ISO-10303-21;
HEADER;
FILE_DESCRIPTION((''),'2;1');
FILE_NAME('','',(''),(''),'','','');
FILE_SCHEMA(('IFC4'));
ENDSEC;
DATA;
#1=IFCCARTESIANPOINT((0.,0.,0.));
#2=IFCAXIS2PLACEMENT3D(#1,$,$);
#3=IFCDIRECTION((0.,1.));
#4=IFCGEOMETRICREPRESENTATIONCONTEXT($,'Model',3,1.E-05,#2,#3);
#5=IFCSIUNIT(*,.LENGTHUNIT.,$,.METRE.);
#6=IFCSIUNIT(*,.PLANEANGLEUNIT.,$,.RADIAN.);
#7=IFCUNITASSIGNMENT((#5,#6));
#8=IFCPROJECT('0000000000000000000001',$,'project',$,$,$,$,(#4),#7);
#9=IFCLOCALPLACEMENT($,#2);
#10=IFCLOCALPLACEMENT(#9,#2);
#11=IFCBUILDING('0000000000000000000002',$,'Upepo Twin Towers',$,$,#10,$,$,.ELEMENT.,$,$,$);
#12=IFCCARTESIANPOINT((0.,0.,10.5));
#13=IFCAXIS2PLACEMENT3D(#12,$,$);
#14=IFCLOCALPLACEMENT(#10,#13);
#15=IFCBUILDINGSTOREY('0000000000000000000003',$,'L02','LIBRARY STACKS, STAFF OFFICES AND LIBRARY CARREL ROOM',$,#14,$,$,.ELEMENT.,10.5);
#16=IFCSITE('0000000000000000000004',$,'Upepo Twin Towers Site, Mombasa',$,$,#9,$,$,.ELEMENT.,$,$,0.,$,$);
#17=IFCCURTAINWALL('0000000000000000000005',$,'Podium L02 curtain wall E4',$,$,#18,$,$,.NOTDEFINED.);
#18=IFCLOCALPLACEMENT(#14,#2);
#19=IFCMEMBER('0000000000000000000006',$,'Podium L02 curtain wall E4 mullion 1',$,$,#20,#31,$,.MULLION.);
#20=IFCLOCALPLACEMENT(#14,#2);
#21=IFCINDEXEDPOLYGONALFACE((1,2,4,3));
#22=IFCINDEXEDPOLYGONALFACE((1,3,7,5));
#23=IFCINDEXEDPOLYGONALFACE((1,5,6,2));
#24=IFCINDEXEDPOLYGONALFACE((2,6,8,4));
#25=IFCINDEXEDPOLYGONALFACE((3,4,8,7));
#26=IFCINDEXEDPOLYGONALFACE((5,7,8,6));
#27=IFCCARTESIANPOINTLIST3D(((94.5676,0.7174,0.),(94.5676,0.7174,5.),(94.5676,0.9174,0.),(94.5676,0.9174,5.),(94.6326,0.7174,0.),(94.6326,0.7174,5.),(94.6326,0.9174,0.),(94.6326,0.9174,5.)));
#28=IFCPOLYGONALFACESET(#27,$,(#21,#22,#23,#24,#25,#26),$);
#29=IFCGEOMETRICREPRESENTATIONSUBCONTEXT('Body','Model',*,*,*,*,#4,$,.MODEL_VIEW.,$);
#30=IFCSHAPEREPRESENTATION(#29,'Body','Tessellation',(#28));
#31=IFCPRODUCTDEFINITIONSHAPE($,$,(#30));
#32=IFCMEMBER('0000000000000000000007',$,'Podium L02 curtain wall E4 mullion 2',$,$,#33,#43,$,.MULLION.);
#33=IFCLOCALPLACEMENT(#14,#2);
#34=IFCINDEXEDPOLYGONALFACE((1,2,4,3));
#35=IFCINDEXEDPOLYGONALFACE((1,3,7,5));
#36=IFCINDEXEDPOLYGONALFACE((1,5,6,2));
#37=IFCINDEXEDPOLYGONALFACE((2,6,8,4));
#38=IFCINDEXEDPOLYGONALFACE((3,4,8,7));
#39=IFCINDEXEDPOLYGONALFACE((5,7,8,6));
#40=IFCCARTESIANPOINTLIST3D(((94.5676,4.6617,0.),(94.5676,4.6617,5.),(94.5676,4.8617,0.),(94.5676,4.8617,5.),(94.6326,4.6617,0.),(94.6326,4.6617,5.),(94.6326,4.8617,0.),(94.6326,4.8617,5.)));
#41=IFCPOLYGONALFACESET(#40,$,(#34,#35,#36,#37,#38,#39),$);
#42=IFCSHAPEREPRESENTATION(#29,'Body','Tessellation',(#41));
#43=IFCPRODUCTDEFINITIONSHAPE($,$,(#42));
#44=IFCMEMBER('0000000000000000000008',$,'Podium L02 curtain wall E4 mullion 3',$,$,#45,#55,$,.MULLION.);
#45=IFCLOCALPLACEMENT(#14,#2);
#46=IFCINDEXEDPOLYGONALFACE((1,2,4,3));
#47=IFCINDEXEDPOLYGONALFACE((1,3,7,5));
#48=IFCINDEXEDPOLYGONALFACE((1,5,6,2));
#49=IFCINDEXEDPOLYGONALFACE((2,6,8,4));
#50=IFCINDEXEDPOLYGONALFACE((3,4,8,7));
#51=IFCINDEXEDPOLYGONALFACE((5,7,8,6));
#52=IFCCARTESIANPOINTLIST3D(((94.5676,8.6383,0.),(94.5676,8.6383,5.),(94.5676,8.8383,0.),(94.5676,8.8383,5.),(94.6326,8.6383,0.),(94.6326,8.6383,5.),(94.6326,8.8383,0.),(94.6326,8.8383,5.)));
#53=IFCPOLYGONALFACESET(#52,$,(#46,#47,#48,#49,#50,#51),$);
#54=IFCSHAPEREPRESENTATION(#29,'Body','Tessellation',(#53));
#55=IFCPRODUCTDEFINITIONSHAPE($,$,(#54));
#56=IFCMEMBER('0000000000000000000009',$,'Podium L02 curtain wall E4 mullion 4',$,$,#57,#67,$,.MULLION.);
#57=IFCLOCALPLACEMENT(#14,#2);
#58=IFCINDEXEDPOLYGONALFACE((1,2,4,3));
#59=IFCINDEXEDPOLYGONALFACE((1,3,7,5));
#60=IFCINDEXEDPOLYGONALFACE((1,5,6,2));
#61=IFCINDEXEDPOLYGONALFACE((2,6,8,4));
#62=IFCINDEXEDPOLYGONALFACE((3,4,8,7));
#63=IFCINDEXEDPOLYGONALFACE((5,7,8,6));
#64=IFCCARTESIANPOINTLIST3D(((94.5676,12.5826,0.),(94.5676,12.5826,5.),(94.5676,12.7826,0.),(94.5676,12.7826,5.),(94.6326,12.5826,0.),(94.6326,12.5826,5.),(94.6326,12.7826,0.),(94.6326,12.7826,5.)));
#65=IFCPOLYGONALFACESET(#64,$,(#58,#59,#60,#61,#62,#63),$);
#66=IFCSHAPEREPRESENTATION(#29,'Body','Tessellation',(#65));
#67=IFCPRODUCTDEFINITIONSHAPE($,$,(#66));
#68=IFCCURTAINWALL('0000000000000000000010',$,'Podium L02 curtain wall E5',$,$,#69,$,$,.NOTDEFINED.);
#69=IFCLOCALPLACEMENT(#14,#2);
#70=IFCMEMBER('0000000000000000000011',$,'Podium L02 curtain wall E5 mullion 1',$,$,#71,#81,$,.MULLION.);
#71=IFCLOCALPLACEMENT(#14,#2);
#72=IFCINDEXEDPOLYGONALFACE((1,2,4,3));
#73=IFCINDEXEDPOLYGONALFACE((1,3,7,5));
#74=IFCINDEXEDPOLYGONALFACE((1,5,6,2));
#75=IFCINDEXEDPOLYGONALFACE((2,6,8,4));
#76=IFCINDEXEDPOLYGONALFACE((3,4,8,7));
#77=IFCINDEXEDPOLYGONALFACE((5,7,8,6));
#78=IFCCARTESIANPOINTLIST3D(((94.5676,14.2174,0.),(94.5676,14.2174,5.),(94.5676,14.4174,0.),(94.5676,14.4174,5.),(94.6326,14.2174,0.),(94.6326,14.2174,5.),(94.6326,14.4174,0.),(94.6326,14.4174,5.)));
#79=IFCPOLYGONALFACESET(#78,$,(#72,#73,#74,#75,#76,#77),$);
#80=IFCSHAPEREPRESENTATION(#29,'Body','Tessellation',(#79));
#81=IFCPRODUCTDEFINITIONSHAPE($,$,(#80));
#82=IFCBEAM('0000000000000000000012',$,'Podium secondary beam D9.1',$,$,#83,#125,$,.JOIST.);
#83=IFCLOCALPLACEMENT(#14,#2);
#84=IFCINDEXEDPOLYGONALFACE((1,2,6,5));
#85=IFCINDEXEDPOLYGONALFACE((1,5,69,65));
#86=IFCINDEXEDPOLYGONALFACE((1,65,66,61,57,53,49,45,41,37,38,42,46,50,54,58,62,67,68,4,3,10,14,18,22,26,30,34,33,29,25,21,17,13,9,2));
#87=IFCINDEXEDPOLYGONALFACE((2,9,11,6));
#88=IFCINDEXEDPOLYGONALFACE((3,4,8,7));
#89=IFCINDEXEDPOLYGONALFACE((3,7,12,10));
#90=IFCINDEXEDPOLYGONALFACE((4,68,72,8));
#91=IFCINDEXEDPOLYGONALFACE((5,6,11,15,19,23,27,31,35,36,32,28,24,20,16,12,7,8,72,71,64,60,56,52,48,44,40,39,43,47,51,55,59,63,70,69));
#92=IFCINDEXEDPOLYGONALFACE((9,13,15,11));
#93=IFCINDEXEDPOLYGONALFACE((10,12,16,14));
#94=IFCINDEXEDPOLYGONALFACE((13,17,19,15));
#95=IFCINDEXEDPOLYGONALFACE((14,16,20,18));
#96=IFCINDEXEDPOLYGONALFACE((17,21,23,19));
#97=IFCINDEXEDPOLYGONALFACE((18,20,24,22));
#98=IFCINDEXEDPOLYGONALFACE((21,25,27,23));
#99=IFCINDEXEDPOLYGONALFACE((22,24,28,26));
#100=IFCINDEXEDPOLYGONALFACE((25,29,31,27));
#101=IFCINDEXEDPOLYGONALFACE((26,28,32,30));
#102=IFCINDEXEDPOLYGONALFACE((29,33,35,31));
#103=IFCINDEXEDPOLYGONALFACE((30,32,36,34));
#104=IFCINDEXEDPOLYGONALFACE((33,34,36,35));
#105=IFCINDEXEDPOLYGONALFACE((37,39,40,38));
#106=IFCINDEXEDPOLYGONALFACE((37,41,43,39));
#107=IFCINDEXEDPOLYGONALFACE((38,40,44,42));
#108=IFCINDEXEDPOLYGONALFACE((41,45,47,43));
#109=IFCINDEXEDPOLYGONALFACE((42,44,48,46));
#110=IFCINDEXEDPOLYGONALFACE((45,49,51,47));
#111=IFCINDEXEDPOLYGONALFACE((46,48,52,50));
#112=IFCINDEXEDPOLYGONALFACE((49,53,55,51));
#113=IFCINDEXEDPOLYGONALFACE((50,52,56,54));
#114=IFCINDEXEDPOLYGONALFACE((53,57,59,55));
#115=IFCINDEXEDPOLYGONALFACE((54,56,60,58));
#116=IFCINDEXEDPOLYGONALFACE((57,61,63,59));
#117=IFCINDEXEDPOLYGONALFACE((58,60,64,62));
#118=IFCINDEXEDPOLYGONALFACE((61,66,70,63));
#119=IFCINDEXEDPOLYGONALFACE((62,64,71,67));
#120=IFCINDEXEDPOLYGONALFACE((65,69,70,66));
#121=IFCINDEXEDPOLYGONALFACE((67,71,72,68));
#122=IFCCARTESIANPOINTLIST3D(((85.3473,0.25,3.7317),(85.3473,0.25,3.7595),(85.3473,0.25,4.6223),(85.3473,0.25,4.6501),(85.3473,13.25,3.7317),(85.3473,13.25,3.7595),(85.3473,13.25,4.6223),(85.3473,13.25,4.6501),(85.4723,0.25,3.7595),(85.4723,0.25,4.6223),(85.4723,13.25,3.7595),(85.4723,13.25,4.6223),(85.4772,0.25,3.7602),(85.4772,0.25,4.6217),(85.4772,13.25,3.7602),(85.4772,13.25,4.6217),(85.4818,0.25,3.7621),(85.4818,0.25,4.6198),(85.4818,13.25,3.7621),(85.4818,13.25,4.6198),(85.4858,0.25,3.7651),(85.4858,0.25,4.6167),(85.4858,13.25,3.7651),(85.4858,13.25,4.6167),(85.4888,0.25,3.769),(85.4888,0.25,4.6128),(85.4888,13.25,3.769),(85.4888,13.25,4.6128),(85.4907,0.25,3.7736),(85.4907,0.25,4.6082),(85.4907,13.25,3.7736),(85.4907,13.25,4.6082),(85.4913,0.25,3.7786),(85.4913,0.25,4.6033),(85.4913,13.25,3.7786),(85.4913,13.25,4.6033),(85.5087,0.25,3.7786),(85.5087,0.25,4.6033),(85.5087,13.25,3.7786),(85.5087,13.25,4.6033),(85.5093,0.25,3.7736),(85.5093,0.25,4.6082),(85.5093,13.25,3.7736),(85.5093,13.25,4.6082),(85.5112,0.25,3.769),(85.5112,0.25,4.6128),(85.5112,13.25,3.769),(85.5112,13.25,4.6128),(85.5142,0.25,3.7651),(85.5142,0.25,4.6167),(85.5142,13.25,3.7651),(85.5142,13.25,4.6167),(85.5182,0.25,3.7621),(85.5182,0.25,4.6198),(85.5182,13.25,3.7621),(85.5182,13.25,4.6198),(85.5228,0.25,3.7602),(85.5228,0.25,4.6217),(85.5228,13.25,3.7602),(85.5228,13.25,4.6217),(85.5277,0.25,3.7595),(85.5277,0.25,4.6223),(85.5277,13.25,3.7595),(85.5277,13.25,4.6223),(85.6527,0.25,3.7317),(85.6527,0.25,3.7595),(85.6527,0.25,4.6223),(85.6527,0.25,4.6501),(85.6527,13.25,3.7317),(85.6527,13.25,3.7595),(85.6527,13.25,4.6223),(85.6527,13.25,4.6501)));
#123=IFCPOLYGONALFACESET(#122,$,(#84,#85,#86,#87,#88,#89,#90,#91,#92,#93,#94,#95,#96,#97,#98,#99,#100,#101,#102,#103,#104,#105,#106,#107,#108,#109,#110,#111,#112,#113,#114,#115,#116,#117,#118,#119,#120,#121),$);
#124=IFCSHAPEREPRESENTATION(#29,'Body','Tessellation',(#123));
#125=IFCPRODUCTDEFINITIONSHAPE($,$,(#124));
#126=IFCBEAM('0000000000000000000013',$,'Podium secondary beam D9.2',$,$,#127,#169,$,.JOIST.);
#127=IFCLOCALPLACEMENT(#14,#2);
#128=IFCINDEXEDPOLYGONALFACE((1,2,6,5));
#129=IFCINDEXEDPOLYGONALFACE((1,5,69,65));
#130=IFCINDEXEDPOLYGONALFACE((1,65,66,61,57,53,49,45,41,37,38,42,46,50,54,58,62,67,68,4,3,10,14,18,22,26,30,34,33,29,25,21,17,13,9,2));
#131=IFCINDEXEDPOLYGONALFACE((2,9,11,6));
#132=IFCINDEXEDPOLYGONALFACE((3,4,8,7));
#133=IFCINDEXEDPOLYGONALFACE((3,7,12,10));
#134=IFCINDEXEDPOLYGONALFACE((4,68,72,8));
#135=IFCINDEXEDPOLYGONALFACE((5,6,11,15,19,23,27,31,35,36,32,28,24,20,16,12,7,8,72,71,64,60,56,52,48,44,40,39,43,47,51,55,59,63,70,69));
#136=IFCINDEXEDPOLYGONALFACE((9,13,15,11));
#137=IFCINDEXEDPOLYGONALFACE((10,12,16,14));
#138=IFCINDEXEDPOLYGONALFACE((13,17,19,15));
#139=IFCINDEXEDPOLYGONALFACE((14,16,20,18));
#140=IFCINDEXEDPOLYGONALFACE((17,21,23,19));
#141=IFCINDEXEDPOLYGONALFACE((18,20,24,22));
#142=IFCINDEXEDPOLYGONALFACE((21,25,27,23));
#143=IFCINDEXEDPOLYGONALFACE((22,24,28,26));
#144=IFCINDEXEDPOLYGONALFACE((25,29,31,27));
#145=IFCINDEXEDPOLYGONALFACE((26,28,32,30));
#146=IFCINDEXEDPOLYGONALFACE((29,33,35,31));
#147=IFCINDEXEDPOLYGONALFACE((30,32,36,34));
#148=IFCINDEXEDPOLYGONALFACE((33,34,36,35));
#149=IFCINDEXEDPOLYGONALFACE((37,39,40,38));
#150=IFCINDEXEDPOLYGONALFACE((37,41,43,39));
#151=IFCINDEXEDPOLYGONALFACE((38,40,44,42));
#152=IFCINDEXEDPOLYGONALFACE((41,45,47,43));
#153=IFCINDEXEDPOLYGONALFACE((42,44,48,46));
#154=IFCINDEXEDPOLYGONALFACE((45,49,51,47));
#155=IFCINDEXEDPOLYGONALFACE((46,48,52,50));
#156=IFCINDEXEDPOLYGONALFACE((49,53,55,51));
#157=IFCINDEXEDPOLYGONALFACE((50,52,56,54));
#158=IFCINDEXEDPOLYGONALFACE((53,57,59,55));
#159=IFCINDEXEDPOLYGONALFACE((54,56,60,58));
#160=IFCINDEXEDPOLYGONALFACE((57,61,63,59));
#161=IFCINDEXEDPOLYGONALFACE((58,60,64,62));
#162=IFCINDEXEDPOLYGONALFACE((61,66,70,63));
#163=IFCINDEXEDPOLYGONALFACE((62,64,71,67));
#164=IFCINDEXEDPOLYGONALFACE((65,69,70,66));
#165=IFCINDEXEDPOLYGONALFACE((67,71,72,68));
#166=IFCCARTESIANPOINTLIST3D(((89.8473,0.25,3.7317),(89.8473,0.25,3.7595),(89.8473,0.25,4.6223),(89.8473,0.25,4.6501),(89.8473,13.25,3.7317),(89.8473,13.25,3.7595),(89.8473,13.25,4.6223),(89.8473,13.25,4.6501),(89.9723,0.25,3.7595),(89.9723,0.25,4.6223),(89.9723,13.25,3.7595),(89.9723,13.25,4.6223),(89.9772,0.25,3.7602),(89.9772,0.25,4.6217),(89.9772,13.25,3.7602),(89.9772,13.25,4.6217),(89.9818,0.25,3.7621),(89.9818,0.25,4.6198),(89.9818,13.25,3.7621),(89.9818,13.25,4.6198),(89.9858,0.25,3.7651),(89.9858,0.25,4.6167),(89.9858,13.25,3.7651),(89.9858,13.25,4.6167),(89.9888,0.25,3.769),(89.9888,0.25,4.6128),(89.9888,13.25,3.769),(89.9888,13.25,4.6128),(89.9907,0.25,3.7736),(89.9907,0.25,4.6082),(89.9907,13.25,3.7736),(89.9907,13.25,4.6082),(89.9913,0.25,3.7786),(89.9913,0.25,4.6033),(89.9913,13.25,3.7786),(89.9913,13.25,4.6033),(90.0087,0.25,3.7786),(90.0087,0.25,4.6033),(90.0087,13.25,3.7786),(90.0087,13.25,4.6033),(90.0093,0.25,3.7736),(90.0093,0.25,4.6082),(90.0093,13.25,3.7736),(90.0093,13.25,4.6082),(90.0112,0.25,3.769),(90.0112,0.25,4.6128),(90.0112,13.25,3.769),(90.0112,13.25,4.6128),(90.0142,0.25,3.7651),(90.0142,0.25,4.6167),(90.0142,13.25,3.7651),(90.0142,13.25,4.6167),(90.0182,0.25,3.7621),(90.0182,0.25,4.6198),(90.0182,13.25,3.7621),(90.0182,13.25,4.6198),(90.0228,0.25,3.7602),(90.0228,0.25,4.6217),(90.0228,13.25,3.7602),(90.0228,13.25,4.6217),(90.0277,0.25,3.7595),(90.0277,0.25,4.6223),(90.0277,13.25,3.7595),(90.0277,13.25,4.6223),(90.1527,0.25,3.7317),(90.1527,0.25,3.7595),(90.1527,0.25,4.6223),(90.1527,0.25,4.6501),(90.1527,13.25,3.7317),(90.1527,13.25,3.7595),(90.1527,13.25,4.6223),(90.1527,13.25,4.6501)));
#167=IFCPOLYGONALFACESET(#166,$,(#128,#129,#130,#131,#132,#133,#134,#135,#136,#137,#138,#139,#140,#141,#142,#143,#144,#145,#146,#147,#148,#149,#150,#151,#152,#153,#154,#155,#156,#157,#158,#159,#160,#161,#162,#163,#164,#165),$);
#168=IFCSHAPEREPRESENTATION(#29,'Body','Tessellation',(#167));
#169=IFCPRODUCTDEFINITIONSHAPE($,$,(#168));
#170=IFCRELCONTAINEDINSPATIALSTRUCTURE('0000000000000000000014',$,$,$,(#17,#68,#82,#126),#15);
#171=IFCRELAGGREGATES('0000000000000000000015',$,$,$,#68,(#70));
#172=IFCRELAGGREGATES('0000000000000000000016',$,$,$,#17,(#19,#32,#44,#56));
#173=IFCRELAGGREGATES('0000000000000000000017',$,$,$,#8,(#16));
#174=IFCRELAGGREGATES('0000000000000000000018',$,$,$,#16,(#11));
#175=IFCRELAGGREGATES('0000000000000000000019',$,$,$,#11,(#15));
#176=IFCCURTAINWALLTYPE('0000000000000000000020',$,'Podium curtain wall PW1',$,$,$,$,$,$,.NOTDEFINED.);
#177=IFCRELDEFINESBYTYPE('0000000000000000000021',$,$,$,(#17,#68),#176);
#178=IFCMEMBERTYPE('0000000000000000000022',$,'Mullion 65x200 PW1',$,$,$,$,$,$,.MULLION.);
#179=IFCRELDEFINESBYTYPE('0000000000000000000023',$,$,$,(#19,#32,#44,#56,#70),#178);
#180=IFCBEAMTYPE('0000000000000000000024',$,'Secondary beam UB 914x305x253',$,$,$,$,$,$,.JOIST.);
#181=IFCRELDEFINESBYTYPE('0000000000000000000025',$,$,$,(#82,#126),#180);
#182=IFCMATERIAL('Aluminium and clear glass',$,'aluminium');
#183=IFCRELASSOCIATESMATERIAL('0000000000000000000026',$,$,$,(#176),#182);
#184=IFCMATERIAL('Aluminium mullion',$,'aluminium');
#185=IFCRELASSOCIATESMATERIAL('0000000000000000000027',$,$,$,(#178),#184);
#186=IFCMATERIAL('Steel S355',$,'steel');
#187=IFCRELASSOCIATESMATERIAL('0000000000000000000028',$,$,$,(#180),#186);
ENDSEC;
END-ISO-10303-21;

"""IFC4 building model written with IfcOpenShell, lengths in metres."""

from ifc_helpers import new_model, si_unit, direction, frame, origin, origin_2d, place, context, subcontext, project, spatial, rectangle, i_section, extrude, material, material_profile, profile_set, type_object, element, aggregate, save


model = new_model("IFC4")

# Units and contexts
model_context = context("Model", 3, precision=1e-05, world=origin(), true_north=direction((0.0, 1.0)))
body_context = subcontext(model_context, "Body", "Model", "MODEL_VIEW")
ifc_project = project(units=[si_unit("LENGTHUNIT", "METRE"), si_unit("PLANEANGLEUNIT", "RADIAN")], contexts=[model_context])

# Site, building, storey
site_placement = place(None, origin())
site = spatial("IfcSite", under=ifc_project, at=site_placement, Name="Upepo Twin Towers Site, Mombasa", CompositionType="ELEMENT", RefElevation=0.0)
building_placement = place(site_placement, origin())
building = spatial("IfcBuilding", under=site, at=building_placement, Name="Upepo Twin Towers", CompositionType="ELEMENT")
storey_placement = place(building_placement, frame((0.0, 0.0, 10.5)))
storey = spatial("IfcBuildingStorey", under=building, at=storey_placement, Name="L02", Description="LIBRARY STACKS, STAFF OFFICES AND LIBRARY CARREL ROOM", CompositionType="ELEMENT", Elevation=10.5)

# Curtain wall, members
ifc_material_1 = material(Name="Aluminium and clear glass", Category="aluminium")
curtain_wall_type = type_object("IfcCurtainWallType", Name="Podium curtain wall PW1", PredefinedType="NOTDEFINED", material=ifc_material_1)
ifc_material_2 = material(Name="Aluminium mullion", Category="aluminium")
ifc_material_profile_1 = material_profile(ifc_material_2, rectangle(XDim=0.0649, YDim=0.2, at=origin_2d()), Name="MULLION 65x200 PODIUM")
ifc_profile_set_1 = profile_set([ifc_material_profile_1], Name="Aluminium mullion")
member_type_1 = type_object("IfcMemberType", Name="Mullion 65x200 PW1", PredefinedType="MULLION", material=ifc_profile_set_1)
curtain_wall_1_placement = place(storey_placement, origin())
curtain_wall_1 = element("IfcCurtainWall", 1, at=curtain_wall_1_placement, inside=storey, type_object=curtain_wall_type, Name="Podium L02 curtain wall E4", PredefinedType="NOTDEFINED")
member_1_placement = place(storey_placement, frame((94.6001, 0.8174, 0.0), z_axis=(0.0, 0.0, 1.0), x_axis=(-1.0, 0.0, 0.0)))
member_1 = element("IfcMember", 2, at=member_1_placement, type_object=member_type_1, Name="Podium L02 curtain wall E4 mullion 1", PredefinedType="MULLION", context=body_context, shape_type="SweptSolid", body=[
    extrude(rectangle(XDim=0.0649, YDim=0.2, at=origin_2d()), origin(), (0.0, 0.0, 1.0), 5.0),
])
member_2_placement = place(storey_placement, frame((94.6001, 4.7617, 0.0), z_axis=(0.0, 0.0, 1.0), x_axis=(-1.0, 0.0, 0.0)))
member_2 = element("IfcMember", 3, at=member_2_placement, type_object=member_type_1, Name="Podium L02 curtain wall E4 mullion 2", PredefinedType="MULLION", context=body_context, shape_type="SweptSolid", body=[
    extrude(rectangle(XDim=0.0649, YDim=0.2, at=origin_2d()), origin(), (0.0, 0.0, 1.0), 5.0),
])
member_3_placement = place(storey_placement, frame((94.6001, 8.7383, 0.0), z_axis=(0.0, 0.0, 1.0), x_axis=(-1.0, 0.0, 0.0)))
member_3 = element("IfcMember", 4, at=member_3_placement, type_object=member_type_1, Name="Podium L02 curtain wall E4 mullion 3", PredefinedType="MULLION", context=body_context, shape_type="SweptSolid", body=[
    extrude(rectangle(XDim=0.0649, YDim=0.2, at=origin_2d()), origin(), (0.0, 0.0, 1.0), 5.0),
])
member_4_placement = place(storey_placement, frame((94.6001, 12.6826, 0.0), z_axis=(0.0, 0.0, 1.0), x_axis=(-1.0, 0.0, 0.0)))
member_4 = element("IfcMember", 5, at=member_4_placement, type_object=member_type_1, Name="Podium L02 curtain wall E4 mullion 4", PredefinedType="MULLION", context=body_context, shape_type="SweptSolid", body=[
    extrude(rectangle(XDim=0.0649, YDim=0.2, at=origin_2d()), origin(), (0.0, 0.0, 1.0), 5.0),
])

# Curtain wall, member
curtain_wall_2_placement = place(storey_placement, origin())
curtain_wall_2 = element("IfcCurtainWall", 6, at=curtain_wall_2_placement, inside=storey, type_object=curtain_wall_type, Name="Podium L02 curtain wall E5", PredefinedType="NOTDEFINED")
member_5_placement = place(storey_placement, frame((94.6001, 14.3174, 0.0), z_axis=(0.0, 0.0, 1.0), x_axis=(-1.0, 0.0, 0.0)))
member_5 = element("IfcMember", 7, at=member_5_placement, type_object=member_type_1, Name="Podium L02 curtain wall E5 mullion 1", PredefinedType="MULLION", context=body_context, shape_type="SweptSolid", body=[
    extrude(rectangle(XDim=0.0649, YDim=0.2, at=origin_2d()), origin(), (0.0, 0.0, 1.0), 5.0),
])
aggregate(curtain_wall_2, [member_5])

# Beams
ifc_material_3 = material(Name="Steel S355", Category="steel")
ifc_material_profile_2 = material_profile(ifc_material_3, i_section(OverallWidth=0.3054, OverallDepth=0.9185, WebThickness=0.0173, FlangeThickness=0.0278, FilletRadius=0.019, at=origin_2d()), Name="UB 914x305x253")
ifc_profile_set_2 = profile_set([ifc_material_profile_2], Name="Steel S355")
beam_type_1 = type_object("IfcBeamType", Name="Secondary beam UB 914x305x253", PredefinedType="JOIST", material=ifc_profile_set_2)
for number, where, z_axis, x_axis, name in (
    (8, (85.5, 0.25, 4.1909), (0.0, 1.0, 0.0), (-1.0, 0.0, 0.0), "Podium secondary beam D9.1"),
    (9, (90.0, 0.25, 4.1909), (0.0, 1.0, 0.0), (-1.0, 0.0, 0.0), "Podium secondary beam D9.2"),
):
    element("IfcBeam", number, at=place(storey_placement, frame(where, z_axis=z_axis, x_axis=x_axis)), inside=storey, type_object=beam_type_1, Name=name, PredefinedType="JOIST", context=body_context, shape_type="SweptSolid", body=[
        extrude(i_section(OverallWidth=0.3054, OverallDepth=0.9185, WebThickness=0.0173, FlangeThickness=0.0278, FilletRadius=0.019, at=origin_2d()), origin(), (0.0, 0.0, 1.0), 13.0),
    ])

aggregate(curtain_wall_1, [member_1, member_2, member_3, member_4])

save(model, "model.ifc")
